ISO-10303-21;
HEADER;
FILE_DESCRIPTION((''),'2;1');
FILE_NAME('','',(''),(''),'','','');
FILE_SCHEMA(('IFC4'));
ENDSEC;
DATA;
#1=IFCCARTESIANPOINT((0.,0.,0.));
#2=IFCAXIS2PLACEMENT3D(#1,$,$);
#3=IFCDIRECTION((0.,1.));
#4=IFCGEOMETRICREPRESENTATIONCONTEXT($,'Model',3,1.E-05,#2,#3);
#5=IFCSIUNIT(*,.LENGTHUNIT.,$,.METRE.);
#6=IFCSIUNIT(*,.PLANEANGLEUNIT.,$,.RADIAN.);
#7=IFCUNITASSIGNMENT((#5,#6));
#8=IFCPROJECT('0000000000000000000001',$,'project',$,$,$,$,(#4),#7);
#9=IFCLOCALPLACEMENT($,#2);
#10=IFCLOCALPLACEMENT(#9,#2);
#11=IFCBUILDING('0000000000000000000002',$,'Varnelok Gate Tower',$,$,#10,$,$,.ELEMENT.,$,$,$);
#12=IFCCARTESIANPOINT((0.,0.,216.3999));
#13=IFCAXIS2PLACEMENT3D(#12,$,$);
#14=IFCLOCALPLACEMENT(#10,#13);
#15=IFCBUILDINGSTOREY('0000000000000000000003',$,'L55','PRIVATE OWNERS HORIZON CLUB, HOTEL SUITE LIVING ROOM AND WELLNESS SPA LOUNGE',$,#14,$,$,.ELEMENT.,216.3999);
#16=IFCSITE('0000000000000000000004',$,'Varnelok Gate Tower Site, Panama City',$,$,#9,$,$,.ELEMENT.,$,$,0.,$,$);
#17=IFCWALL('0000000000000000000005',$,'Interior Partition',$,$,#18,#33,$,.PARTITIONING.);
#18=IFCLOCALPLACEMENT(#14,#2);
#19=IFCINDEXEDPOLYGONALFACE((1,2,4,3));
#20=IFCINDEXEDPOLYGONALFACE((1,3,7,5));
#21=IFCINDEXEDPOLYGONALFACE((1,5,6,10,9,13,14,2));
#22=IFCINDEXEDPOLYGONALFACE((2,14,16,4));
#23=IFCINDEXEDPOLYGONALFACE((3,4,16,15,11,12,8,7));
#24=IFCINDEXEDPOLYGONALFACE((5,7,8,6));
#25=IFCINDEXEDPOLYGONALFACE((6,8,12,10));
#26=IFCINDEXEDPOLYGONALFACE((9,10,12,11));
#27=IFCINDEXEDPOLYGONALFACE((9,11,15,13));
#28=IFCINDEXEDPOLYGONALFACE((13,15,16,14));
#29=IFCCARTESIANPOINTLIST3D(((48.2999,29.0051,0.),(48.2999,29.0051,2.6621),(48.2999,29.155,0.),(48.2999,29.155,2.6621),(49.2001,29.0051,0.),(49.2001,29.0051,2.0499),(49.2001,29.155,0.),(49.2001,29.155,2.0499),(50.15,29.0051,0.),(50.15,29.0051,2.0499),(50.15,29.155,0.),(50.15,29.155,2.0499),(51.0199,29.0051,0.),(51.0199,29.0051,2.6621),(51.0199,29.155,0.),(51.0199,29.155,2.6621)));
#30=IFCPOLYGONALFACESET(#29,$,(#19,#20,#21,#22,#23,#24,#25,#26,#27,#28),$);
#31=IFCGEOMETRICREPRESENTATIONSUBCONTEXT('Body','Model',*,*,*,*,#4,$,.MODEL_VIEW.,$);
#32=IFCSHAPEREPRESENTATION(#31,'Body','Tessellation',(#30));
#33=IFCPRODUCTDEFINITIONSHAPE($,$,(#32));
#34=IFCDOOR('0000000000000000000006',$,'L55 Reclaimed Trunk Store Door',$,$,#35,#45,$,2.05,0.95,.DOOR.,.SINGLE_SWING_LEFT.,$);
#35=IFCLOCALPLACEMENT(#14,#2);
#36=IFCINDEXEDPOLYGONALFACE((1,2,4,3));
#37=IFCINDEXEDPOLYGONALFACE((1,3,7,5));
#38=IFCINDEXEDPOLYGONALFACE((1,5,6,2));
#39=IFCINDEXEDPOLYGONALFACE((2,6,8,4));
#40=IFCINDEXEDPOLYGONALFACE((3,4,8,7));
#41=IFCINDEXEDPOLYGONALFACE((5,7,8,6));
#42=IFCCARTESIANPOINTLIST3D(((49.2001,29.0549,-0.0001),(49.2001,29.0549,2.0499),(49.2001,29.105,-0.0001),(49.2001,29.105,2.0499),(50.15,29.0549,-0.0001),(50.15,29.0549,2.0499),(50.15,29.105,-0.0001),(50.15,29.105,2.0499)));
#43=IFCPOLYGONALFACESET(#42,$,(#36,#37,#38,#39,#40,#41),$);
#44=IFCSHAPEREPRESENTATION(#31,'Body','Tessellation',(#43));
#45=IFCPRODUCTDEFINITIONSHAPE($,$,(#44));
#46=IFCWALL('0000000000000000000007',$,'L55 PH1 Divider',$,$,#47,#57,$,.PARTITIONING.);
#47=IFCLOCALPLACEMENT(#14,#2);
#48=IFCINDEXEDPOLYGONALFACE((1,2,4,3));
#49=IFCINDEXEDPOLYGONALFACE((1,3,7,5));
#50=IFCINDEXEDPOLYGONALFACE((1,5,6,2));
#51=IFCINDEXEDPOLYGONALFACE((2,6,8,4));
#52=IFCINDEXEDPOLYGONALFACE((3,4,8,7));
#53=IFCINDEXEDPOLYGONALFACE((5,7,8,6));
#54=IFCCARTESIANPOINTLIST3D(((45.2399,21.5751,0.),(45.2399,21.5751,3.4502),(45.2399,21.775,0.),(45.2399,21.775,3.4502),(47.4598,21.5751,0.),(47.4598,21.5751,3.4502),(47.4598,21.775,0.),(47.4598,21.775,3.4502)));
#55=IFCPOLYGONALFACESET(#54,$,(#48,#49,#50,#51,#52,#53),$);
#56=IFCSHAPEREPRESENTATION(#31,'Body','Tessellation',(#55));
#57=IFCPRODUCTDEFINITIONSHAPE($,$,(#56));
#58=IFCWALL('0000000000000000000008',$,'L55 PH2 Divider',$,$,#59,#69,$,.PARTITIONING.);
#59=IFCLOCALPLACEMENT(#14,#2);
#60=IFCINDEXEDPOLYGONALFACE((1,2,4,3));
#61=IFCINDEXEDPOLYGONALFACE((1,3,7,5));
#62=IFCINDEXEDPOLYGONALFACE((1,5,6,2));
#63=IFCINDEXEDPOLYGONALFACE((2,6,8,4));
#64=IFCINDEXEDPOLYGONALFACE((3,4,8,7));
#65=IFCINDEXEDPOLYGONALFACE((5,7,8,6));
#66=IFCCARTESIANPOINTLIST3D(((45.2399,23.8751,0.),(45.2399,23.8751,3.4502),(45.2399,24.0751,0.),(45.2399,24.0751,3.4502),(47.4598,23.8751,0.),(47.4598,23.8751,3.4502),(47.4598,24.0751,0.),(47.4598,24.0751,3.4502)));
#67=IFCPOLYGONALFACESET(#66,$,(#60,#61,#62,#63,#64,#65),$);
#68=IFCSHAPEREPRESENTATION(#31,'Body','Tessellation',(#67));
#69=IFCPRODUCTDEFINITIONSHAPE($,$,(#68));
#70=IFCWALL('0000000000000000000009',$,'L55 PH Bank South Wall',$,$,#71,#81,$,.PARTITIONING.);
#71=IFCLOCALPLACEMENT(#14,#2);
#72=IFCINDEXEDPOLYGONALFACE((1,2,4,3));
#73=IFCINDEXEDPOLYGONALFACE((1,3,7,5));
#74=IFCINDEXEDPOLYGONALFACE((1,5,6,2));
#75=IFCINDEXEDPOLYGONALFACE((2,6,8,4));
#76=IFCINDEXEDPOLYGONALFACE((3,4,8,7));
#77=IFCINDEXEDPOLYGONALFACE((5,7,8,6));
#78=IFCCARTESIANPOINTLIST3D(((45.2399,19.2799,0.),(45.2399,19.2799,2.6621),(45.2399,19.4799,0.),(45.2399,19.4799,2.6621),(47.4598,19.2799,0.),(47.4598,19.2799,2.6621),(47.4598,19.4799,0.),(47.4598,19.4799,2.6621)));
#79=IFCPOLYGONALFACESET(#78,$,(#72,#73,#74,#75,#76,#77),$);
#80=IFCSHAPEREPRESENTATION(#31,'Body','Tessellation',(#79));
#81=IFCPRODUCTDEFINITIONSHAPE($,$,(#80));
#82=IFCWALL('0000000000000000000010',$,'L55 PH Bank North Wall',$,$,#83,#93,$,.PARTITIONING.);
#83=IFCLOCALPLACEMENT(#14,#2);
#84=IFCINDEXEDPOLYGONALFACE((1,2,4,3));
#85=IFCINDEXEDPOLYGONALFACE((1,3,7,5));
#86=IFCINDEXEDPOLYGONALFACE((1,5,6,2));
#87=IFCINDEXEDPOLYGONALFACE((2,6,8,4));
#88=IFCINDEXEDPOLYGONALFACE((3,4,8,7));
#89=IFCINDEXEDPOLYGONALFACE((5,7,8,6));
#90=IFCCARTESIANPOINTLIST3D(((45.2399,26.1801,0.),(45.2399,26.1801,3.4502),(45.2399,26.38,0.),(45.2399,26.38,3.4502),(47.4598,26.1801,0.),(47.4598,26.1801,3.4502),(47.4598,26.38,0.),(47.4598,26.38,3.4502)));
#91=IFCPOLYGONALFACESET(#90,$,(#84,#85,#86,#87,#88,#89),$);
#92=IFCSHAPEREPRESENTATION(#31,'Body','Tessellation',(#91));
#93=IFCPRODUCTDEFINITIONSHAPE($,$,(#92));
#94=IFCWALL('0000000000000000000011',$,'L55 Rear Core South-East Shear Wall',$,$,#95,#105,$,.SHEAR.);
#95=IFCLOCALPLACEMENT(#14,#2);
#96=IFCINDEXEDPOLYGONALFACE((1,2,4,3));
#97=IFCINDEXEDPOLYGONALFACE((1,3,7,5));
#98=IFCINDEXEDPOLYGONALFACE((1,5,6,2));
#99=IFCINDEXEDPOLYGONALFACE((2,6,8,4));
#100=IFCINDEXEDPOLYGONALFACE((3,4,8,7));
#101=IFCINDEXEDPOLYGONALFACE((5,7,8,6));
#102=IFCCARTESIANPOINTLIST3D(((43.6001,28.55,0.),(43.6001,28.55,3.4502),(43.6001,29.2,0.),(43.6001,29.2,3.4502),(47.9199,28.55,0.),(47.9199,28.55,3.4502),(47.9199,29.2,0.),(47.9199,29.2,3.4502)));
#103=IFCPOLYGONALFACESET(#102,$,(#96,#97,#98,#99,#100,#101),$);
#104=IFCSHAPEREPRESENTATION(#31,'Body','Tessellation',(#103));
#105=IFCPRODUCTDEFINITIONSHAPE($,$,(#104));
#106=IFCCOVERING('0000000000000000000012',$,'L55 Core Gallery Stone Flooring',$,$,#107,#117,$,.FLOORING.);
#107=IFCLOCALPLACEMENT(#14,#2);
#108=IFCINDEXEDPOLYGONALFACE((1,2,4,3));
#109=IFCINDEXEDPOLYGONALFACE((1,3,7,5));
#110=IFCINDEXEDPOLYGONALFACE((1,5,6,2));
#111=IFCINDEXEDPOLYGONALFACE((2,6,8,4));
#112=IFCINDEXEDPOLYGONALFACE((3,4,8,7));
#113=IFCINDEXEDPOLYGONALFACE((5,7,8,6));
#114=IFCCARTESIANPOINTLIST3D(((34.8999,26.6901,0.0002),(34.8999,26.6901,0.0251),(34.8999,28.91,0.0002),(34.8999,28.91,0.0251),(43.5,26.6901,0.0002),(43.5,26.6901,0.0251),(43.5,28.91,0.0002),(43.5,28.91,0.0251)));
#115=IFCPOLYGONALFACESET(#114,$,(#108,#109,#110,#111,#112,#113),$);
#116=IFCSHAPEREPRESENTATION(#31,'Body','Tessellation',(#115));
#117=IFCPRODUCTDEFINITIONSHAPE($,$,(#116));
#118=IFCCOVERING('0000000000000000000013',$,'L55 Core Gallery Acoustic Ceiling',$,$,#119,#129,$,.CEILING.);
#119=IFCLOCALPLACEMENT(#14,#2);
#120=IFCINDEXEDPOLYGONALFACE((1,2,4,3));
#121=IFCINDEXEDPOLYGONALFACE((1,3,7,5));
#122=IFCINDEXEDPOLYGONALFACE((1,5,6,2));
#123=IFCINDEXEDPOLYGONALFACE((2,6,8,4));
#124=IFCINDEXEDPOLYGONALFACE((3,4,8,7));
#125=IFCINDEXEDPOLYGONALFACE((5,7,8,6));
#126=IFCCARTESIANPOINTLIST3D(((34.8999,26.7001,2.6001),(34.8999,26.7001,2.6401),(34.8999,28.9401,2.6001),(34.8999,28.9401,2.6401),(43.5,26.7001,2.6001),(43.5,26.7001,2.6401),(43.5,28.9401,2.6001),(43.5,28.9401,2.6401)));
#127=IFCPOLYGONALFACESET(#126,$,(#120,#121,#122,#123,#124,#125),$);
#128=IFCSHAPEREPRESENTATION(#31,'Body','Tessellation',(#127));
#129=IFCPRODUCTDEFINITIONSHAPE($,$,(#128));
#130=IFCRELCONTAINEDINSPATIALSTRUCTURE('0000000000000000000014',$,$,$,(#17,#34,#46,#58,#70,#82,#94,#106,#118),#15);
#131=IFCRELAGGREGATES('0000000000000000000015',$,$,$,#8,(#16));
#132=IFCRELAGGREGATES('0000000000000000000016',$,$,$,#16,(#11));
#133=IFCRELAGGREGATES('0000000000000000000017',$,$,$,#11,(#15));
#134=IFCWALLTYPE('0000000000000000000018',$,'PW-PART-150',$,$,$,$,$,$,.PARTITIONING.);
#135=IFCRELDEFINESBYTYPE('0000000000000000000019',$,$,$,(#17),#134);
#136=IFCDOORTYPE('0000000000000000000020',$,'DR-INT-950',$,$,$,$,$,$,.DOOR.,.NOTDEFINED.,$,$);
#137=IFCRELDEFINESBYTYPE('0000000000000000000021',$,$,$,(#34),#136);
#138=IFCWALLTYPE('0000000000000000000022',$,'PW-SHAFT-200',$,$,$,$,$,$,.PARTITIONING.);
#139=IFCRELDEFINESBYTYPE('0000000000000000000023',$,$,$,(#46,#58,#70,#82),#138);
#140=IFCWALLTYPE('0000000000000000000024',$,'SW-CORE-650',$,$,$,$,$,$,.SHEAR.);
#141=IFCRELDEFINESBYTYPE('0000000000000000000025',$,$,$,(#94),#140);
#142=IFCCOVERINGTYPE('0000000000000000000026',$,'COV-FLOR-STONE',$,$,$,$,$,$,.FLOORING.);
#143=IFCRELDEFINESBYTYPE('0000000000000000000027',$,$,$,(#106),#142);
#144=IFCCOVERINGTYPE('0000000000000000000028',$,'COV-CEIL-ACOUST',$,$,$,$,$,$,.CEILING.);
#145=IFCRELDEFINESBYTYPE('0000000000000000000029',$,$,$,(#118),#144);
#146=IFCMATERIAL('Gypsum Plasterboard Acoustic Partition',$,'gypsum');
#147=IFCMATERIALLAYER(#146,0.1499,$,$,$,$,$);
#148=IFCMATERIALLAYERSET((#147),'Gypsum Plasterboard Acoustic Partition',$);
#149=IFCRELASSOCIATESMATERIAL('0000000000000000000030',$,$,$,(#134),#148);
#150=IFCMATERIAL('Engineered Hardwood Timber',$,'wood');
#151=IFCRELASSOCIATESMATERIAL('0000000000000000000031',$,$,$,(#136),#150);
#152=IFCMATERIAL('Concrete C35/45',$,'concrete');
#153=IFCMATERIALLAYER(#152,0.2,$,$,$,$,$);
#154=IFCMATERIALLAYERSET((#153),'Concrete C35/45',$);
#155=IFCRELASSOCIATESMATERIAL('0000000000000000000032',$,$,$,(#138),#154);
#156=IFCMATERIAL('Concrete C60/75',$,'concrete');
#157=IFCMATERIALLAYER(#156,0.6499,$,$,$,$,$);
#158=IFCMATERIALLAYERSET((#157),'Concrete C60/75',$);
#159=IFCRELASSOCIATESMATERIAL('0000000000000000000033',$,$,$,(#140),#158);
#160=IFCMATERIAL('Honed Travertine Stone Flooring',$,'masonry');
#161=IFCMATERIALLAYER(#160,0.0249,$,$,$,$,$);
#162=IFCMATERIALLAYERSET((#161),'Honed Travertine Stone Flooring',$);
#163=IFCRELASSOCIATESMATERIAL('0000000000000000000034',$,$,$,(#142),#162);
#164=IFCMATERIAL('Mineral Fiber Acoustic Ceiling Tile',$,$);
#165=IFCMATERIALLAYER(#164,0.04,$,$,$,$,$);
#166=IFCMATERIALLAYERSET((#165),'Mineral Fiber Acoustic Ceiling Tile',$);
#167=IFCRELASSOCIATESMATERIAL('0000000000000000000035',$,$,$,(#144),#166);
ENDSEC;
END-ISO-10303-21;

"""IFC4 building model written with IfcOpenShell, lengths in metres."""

from ifc_helpers import new_model, si_unit, direction, frame, frame_2d, origin, origin_2d, place, context, subcontext, project, spatial, rectangle, extrude, source, transform, mapped, material, layer, layer_set, type_object, element, fill, save


model = new_model("IFC4")

# Units and contexts
model_context = context("Model", 3, precision=1e-05, world=origin(), true_north=direction((0.0, 1.0)))
body_context = subcontext(model_context, "Body", "Model", "MODEL_VIEW")
ifc_project = project(units=[si_unit("LENGTHUNIT", "METRE"), si_unit("PLANEANGLEUNIT", "RADIAN")], contexts=[model_context])

# Site, building, storey
site_placement = place(None, origin())
site = spatial("IfcSite", under=ifc_project, at=site_placement, Name="Varnelok Gate Tower Site, Panama City", CompositionType="ELEMENT", RefElevation=0.0)
building_placement = place(site_placement, origin())
building = spatial("IfcBuilding", under=site, at=building_placement, Name="Varnelok Gate Tower", CompositionType="ELEMENT")
storey_placement = place(building_placement, frame((0.0, 0.0, 216.3999)))
storey = spatial("IfcBuildingStorey", under=building, at=storey_placement, Name="L55", Description="PRIVATE OWNERS HORIZON CLUB, HOTEL SUITE LIVING ROOM AND WELLNESS SPA LOUNGE", CompositionType="ELEMENT", Elevation=216.3999)

# Shared definitions
ifc_material_1 = material(Name="Concrete C60/75", Category="concrete")

# Wall, opening, door
ifc_material_2 = material(Name="Gypsum Plasterboard Acoustic Partition", Category="gypsum")
ifc_layer_1 = layer(ifc_material_2, 0.1499)
ifc_layer_set_1 = layer_set([ifc_layer_1], Name="Gypsum Plasterboard Acoustic Partition")
wall_type_1 = type_object("IfcWallType", Name="PW-PART-150", PredefinedType="PARTITIONING", material=ifc_layer_set_1)
wall_1_placement = place(storey_placement, frame((48.3, 29.0801, 0.0), z_axis=(0.0, 0.0, 1.0), x_axis=(1.0, 0.0, 0.0)))
wall_1 = element("IfcWall", 1, at=wall_1_placement, inside=storey, type_object=wall_type_1, Name="Interior Partition", PredefinedType="PARTITIONING", context=body_context, shape_type="SweptSolid", body=[
    extrude(rectangle(XDim=2.72, YDim=0.1499, at=frame_2d((1.3599, 0.0))), origin(), (0.0, 0.0, 1.0), 2.6621),
])
opening_1_placement = place(wall_1_placement, frame((0.8999, 0.0, 0.0)))
opening_1 = element("IfcOpeningElement", 2, at=opening_1_placement, cuts=wall_1, PredefinedType="OPENING", context=body_context, shape_type="SweptSolid", body=[
    extrude(rectangle(XDim=0.95, YDim=2.05, at=frame_2d((0.4751, 1.0249))), frame((0.0, 0.085, 0.0), z_axis=(0.0, -1.0, 0.0), x_axis=(1.0, 0.0, 0.0)), (0.0, 0.0, 1.0), 0.1699),
])
ifc_material_3 = material(Name="Engineered Hardwood Timber", Category="wood")
door_type_1 = type_object("IfcDoorType", Name="DR-INT-950", OperationType="NOTDEFINED", PredefinedType="DOOR", material=ifc_material_3)
door_1_placement = place(opening_1_placement, origin())
door_1 = element("IfcDoor", 3, at=door_1_placement, inside=storey, type_object=door_type_1, Name="L55 Reclaimed Trunk Store Door", OperationType="SINGLE_SWING_LEFT", OverallHeight=2.05, OverallWidth=0.95, PredefinedType="DOOR", context=body_context, shape_type="SweptSolid", body=[
    extrude(rectangle(XDim=0.95, YDim=2.05, at=frame_2d((0.4751, 1.0249))), frame((0.0, 0.0249, 0.0), z_axis=(0.0, -1.0, 0.0), x_axis=(1.0, 0.0, 0.0)), (0.0, 0.0, 1.0), 0.05),
])
fill(opening_1, door_1)

# Walls
ifc_material_4 = material(Name="Concrete C35/45", Category="concrete")
ifc_layer_2 = layer(ifc_material_4, 0.2)
ifc_layer_set_2 = layer_set([ifc_layer_2], Name="Concrete C35/45")
wall_type_2 = type_object("IfcWallType", Name="PW-SHAFT-200", PredefinedType="PARTITIONING", material=ifc_layer_set_2)
for number, where, z_axis, x_axis, name in (
    (4, (45.24, 21.675, 0.0), (0.0, 0.0, 1.0), (1.0, 0.0, 0.0), "L55 PH1 Divider"),
    (5, (45.24, 23.9751, 0.0), (0.0, 0.0, 1.0), (1.0, 0.0, 0.0), "L55 PH2 Divider"),
):
    element("IfcWall", number, at=place(storey_placement, frame(where, z_axis=z_axis, x_axis=x_axis)), inside=storey, type_object=wall_type_2, Name=name, PredefinedType="PARTITIONING", context=body_context, shape_type="SweptSolid", body=[
        extrude(rectangle(XDim=2.22, YDim=0.2, at=frame_2d((1.1099, 0.0))), origin(), (0.0, 0.0, 1.0), 3.4502),
    ])
wall_2_placement = place(storey_placement, frame((45.24, 19.3799, 0.0), z_axis=(0.0, 0.0, 1.0), x_axis=(1.0, 0.0, 0.0)))
element("IfcWall", 6, at=wall_2_placement, inside=storey, type_object=wall_type_2, Name="L55 PH Bank South Wall", PredefinedType="PARTITIONING", context=body_context, shape_type="SweptSolid", body=[
    extrude(rectangle(XDim=2.22, YDim=0.2, at=frame_2d((1.1099, 0.0))), origin(), (0.0, 0.0, 1.0), 2.6621),
])
wall_3_placement = place(storey_placement, frame((45.24, 26.28, 0.0), z_axis=(0.0, 0.0, 1.0), x_axis=(1.0, 0.0, 0.0)))
element("IfcWall", 7, at=wall_3_placement, inside=storey, type_object=wall_type_2, Name="L55 PH Bank North Wall", PredefinedType="PARTITIONING", context=body_context, shape_type="SweptSolid", body=[
    extrude(rectangle(XDim=2.22, YDim=0.2, at=frame_2d((1.1099, 0.0))), origin(), (0.0, 0.0, 1.0), 3.4502),
])

# Wall
ifc_layer_3 = layer(ifc_material_1, 0.6499)
ifc_layer_set_3 = layer_set([ifc_layer_3], Name="Concrete C60/75")
wall_type_3 = type_object("IfcWallType", Name="SW-CORE-650", PredefinedType="SHEAR", material=ifc_layer_set_3)
wall_4_placement = place(storey_placement, frame((43.6001, 28.875, 0.0), z_axis=(0.0, 0.0, 1.0), x_axis=(1.0, 0.0, 0.0)))
element("IfcWall", 8, at=wall_4_placement, inside=storey, type_object=wall_type_3, Name="L55 Rear Core South-East Shear Wall", PredefinedType="SHEAR", context=body_context, shape_type="SweptSolid", body=[
    extrude(rectangle(XDim=4.3198, YDim=0.6499, at=frame_2d((2.1599, 0.0))), origin(), (0.0, 0.0, 1.0), 3.4502),
])

# Coverings
ifc_material_5 = material(Name="Honed Travertine Stone Flooring", Category="masonry")
ifc_layer_4 = layer(ifc_material_5, 0.0249)
ifc_layer_set_4 = layer_set([ifc_layer_4], Name="Honed Travertine Stone Flooring")
covering_type_1 = type_object("IfcCoveringType", Name="COV-FLOR-STONE", PredefinedType="FLOORING", material=ifc_layer_set_4)
shared_shape_1 = source(origin(), body_context, "Body", "SweptSolid", [
    extrude(rectangle(XDim=8.6001, YDim=2.22, at=origin_2d()), origin(), (0.0, 0.0, 1.0), 0.0249),
])
covering_1_placement = place(storey_placement, frame((39.2, 27.8, 0.0002), z_axis=(0.0, 0.0, 1.0), x_axis=(1.0, 0.0, 0.0)))
element("IfcCovering", 9, at=covering_1_placement, inside=storey, type_object=covering_type_1, Name="L55 Core Gallery Stone Flooring", PredefinedType="FLOORING", context=body_context, shape_type="MappedRepresentation", body=[
    mapped(shared_shape_1, transform((0.0, 0.0, 0.0), scale=1.0)),
])
ifc_material_6 = material(Name="Mineral Fiber Acoustic Ceiling Tile")
ifc_layer_5 = layer(ifc_material_6, 0.04)
ifc_layer_set_5 = layer_set([ifc_layer_5], Name="Mineral Fiber Acoustic Ceiling Tile")
covering_type_2 = type_object("IfcCoveringType", Name="COV-CEIL-ACOUST", PredefinedType="CEILING", material=ifc_layer_set_5)
shared_shape_2 = source(origin(), body_context, "Body", "SweptSolid", [
    extrude(rectangle(XDim=8.6001, YDim=2.24, at=origin_2d()), origin(), (0.0, 0.0, 1.0), 0.04),
])
covering_2_placement = place(storey_placement, frame((39.2, 27.8201, 2.6001), z_axis=(0.0, 0.0, 1.0), x_axis=(1.0, 0.0, 0.0)))
element("IfcCovering", 10, at=covering_2_placement, inside=storey, type_object=covering_type_2, Name="L55 Core Gallery Acoustic Ceiling", PredefinedType="CEILING", context=body_context, shape_type="MappedRepresentation", body=[
    mapped(shared_shape_2, transform((0.0, 0.0, 0.0), scale=1.0)),
])

save(model, "model.ifc")
